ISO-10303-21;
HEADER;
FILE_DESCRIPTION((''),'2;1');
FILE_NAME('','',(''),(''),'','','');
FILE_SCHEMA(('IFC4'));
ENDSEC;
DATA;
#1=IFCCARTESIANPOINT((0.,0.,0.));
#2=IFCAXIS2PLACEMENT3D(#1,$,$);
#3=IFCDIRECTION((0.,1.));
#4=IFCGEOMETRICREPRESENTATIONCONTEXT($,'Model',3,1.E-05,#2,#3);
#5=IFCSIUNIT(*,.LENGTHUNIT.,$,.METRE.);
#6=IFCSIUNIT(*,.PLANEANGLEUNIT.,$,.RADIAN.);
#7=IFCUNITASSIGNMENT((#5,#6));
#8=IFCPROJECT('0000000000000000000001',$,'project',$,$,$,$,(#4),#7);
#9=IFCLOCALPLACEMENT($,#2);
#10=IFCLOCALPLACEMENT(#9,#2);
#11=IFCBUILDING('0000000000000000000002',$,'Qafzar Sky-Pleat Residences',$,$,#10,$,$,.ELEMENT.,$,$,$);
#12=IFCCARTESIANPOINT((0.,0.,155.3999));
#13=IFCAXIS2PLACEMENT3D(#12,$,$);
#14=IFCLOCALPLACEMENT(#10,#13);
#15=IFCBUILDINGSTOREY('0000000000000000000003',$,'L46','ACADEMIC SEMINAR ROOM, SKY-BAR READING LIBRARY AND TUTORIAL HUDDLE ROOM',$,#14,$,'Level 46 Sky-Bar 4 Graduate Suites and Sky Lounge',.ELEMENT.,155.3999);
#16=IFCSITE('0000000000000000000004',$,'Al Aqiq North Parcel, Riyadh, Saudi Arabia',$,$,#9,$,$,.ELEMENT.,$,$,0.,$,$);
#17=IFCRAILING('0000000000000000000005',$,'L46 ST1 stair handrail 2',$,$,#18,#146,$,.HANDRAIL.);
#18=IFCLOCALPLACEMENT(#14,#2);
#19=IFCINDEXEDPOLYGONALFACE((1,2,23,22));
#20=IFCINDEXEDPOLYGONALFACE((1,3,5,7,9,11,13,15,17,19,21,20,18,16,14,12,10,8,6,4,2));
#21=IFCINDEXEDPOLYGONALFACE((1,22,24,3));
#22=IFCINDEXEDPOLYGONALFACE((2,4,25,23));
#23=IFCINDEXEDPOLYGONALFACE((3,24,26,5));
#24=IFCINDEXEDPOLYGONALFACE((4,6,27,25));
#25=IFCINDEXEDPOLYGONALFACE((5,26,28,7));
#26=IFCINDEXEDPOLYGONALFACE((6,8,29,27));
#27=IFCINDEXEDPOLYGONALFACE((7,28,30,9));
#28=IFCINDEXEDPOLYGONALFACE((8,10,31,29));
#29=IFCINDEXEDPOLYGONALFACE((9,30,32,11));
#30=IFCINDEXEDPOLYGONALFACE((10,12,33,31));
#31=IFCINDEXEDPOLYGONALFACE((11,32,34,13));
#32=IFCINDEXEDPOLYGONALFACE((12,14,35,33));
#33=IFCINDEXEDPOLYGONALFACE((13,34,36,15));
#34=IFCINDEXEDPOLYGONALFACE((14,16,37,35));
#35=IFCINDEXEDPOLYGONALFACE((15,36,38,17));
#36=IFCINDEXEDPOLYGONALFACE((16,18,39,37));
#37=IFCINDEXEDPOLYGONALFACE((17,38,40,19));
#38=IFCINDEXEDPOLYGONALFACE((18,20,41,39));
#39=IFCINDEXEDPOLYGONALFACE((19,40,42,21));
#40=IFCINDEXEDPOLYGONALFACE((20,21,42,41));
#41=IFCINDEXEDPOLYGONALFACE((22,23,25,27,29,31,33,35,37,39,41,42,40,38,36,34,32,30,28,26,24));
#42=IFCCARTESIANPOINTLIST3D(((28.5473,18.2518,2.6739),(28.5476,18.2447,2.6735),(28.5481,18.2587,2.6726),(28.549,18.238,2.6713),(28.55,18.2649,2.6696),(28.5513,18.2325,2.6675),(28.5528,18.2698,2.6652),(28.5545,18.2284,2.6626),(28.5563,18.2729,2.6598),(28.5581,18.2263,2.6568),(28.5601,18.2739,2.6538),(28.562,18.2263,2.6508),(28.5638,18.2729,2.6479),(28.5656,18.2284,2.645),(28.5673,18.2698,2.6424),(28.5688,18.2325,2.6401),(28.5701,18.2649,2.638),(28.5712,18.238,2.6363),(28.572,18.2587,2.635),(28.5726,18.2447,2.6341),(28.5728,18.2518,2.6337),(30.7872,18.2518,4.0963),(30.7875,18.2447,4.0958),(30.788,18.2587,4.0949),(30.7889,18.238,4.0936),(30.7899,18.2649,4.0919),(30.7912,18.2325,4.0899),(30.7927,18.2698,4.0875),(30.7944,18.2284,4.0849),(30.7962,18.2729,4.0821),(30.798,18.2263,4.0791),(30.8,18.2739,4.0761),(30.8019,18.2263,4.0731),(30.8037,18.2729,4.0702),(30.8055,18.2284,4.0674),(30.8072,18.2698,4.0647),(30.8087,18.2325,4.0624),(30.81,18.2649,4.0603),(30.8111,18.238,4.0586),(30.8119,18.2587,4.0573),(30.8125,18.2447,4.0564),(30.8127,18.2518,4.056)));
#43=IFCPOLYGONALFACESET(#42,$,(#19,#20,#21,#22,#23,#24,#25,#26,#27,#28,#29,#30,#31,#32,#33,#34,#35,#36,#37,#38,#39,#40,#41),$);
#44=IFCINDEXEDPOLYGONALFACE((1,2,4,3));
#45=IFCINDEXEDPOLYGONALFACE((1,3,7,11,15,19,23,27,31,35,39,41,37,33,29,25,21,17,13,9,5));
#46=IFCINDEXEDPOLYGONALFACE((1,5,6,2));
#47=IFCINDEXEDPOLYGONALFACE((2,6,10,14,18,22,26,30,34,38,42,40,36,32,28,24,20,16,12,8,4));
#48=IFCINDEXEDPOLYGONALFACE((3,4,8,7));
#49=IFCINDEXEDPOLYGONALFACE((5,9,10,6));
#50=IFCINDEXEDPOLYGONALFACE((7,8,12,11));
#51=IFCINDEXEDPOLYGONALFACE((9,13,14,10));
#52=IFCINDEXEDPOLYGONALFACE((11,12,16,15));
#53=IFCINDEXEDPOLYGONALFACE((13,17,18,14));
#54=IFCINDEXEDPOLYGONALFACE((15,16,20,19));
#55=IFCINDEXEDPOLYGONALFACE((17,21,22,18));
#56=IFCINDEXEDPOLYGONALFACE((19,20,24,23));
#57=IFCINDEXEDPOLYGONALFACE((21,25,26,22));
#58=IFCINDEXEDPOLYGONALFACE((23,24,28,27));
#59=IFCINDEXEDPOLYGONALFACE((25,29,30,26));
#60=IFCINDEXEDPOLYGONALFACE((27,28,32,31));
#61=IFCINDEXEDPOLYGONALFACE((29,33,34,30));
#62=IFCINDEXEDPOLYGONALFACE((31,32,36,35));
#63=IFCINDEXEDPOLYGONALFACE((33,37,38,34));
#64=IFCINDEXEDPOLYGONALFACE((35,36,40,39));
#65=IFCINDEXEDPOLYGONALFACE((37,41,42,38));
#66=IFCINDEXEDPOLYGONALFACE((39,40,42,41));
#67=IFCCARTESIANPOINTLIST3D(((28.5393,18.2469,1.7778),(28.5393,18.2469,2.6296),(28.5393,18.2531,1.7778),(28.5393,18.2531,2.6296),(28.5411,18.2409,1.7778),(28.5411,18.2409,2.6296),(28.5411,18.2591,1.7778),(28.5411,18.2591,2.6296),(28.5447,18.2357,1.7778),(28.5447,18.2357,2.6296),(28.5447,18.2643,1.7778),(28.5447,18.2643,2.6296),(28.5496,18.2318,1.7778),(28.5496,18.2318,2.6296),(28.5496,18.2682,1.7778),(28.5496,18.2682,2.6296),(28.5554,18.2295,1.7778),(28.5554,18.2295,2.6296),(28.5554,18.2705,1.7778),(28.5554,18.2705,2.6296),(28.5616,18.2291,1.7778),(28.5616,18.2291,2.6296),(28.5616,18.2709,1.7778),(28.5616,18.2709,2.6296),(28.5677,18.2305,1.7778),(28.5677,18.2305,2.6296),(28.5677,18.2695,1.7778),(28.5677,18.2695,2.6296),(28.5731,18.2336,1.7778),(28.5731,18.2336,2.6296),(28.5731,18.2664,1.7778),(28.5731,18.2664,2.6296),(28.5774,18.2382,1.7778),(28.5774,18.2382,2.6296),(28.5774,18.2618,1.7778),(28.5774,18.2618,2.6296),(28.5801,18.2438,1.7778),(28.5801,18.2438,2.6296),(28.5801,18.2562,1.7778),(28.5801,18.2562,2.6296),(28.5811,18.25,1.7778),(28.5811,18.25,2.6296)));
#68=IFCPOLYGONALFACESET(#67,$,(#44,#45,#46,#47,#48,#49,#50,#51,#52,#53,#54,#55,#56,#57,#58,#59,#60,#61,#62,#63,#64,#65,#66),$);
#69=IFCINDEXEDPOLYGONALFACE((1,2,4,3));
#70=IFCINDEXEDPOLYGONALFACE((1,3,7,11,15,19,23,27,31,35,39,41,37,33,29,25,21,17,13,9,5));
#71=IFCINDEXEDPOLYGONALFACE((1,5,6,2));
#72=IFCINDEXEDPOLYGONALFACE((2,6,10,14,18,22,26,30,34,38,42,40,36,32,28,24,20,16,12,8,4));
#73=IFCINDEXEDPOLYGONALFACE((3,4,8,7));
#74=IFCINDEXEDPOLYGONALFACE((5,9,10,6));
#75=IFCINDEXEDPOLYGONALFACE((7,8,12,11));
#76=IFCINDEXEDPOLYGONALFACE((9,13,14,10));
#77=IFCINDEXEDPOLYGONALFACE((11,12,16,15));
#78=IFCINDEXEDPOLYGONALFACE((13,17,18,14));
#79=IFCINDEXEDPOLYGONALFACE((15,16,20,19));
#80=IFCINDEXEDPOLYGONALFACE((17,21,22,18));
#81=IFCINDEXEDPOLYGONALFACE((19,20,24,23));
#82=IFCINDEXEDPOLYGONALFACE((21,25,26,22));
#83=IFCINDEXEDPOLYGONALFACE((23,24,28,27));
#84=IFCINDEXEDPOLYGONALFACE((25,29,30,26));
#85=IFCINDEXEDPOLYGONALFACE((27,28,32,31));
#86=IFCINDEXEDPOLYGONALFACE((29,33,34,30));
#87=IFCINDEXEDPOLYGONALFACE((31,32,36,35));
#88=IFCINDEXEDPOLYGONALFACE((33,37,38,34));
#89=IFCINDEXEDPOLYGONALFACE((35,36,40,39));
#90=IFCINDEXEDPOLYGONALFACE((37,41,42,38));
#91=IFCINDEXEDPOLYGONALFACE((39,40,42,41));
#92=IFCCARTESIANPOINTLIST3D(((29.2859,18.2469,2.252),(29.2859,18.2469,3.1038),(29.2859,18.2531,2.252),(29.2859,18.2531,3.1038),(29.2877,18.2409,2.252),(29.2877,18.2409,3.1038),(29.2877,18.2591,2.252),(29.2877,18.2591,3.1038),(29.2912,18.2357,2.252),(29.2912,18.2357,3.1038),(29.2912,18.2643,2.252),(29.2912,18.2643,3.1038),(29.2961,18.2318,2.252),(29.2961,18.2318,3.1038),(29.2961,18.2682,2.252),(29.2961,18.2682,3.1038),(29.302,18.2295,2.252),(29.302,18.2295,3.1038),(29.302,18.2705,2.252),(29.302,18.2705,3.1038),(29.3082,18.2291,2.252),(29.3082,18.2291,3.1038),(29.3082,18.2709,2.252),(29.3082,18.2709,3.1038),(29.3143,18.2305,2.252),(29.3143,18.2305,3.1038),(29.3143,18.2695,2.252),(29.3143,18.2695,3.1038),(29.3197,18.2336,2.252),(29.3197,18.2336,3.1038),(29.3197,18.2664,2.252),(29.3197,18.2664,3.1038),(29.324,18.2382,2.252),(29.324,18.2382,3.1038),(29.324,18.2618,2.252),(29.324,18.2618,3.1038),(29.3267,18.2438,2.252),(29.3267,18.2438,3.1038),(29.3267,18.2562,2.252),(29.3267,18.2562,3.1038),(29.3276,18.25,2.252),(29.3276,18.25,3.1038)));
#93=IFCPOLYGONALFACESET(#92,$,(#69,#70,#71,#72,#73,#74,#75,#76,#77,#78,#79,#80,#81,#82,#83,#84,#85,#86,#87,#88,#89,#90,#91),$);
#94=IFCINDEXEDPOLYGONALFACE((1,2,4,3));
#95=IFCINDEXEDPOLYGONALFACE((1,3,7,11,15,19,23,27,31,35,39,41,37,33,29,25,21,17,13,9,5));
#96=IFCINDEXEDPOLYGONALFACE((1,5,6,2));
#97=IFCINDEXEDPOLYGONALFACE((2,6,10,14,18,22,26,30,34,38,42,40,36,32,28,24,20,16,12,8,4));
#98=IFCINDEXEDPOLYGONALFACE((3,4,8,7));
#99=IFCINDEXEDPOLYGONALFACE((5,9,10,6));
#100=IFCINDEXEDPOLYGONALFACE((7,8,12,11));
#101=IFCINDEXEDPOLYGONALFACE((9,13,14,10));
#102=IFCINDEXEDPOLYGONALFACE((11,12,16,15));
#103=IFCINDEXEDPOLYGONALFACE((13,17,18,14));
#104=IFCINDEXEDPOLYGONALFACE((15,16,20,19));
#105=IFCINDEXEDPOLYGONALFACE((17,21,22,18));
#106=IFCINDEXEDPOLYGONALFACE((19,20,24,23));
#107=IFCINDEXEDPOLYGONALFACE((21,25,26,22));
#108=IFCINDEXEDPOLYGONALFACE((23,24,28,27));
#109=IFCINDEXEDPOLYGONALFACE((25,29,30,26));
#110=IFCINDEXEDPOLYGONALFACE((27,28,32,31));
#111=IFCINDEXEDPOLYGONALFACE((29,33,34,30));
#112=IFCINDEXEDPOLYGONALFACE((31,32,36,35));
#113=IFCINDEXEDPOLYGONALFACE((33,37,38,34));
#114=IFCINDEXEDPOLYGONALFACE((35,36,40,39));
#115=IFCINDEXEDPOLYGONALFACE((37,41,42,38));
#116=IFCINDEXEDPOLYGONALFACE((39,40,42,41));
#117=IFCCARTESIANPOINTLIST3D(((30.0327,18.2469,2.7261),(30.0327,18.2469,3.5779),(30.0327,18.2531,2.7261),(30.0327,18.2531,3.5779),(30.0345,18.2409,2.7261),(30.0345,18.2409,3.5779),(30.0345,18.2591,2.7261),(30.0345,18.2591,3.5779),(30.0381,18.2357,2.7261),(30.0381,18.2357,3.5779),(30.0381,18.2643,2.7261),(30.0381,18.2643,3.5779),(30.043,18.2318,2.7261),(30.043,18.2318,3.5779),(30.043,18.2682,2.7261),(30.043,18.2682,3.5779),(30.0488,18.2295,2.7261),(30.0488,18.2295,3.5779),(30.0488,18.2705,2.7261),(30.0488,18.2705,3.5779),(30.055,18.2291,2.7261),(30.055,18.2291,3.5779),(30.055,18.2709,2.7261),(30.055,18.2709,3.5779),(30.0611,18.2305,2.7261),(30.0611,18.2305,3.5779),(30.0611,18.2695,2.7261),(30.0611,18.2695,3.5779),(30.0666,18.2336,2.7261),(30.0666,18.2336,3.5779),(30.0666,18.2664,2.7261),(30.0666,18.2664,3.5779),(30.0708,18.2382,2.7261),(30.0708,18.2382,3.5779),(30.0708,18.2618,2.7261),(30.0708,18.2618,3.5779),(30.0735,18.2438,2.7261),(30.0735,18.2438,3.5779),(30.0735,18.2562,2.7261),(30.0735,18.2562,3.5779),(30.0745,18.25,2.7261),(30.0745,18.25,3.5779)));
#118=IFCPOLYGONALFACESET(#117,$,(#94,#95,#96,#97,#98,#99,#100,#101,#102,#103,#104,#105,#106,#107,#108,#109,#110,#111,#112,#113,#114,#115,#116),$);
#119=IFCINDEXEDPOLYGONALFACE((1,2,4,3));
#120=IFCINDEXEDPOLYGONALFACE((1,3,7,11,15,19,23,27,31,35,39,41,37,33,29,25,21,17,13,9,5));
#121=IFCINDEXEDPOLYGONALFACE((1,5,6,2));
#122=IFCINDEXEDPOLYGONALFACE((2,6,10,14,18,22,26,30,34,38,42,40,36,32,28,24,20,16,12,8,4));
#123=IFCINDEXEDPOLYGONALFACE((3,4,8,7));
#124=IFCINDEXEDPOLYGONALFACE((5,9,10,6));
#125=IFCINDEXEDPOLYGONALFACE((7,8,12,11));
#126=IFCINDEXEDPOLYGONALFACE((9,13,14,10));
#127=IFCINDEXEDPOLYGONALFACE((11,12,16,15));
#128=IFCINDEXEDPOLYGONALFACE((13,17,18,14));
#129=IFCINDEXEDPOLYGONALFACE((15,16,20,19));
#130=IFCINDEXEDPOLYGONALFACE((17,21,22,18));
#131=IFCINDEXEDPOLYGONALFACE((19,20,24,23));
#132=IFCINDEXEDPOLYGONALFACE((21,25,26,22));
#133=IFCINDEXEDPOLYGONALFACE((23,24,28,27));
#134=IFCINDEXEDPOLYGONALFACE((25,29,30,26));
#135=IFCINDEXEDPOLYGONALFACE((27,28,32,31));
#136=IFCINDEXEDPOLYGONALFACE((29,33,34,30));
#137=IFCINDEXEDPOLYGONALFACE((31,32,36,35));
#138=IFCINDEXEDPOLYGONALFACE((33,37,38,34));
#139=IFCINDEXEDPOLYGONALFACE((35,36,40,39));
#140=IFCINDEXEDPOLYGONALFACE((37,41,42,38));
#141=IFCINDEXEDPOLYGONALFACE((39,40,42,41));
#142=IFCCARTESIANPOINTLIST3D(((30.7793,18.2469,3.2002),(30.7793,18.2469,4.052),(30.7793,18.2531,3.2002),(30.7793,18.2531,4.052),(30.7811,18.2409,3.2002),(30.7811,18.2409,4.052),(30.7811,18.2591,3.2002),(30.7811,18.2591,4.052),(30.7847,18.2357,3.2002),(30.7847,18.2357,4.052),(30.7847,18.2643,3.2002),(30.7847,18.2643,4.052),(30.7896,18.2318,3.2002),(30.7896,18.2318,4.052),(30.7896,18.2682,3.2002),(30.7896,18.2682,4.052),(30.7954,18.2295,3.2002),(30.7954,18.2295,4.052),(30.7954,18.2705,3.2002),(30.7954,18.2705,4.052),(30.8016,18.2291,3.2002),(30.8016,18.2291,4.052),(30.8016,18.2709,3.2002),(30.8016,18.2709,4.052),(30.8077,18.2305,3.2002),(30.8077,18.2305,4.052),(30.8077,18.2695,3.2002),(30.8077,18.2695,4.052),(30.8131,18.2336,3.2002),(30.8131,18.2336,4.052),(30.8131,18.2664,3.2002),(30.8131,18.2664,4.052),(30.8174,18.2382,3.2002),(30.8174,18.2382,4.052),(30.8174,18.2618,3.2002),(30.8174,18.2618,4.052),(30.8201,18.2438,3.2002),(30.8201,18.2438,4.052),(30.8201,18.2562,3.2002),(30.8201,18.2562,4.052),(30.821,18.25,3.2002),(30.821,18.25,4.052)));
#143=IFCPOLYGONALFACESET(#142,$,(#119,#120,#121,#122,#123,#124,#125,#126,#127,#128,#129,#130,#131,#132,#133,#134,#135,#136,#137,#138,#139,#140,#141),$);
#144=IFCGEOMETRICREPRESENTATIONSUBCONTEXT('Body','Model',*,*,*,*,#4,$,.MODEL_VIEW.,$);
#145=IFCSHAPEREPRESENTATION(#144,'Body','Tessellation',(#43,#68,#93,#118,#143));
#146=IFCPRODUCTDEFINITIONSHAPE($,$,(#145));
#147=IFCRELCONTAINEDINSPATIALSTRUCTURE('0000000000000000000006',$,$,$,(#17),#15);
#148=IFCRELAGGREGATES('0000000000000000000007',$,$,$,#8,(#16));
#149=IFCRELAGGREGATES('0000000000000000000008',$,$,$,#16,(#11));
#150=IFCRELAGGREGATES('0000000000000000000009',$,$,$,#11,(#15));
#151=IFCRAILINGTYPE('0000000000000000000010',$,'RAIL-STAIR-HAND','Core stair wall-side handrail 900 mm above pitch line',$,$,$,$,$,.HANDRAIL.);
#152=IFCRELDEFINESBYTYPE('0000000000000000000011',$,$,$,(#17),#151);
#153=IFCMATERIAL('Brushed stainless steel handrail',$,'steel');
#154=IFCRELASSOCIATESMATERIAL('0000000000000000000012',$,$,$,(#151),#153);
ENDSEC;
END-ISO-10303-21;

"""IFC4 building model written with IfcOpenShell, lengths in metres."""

from ifc_helpers import new_model, si_unit, direction, frame, origin, origin_2d, place, context, subcontext, project, spatial, circle, extrude, source, transform, mapped, material, type_object, element, save


model = new_model("IFC4")

# Units and contexts
model_context = context("Model", 3, precision=1e-05, world=origin(), true_north=direction((0.0, 1.0)))
body_context = subcontext(model_context, "Body", "Model", "MODEL_VIEW")
ifc_project = project(units=[si_unit("LENGTHUNIT", "METRE"), si_unit("PLANEANGLEUNIT", "RADIAN")], contexts=[model_context])

# Site, building, storey
site_placement = place(None, origin())
site = spatial("IfcSite", under=ifc_project, at=site_placement, Name="Al Aqiq North Parcel, Riyadh, Saudi Arabia", CompositionType="ELEMENT", RefElevation=0.0)
building_placement = place(site_placement, origin())
building = spatial("IfcBuilding", under=site, at=building_placement, Name="Qafzar Sky-Pleat Residences", CompositionType="ELEMENT")
storey_placement = place(building_placement, frame((0.0, 0.0, 155.3999)))
storey = spatial("IfcBuildingStorey", under=building, at=storey_placement, Name="L46", Description="ACADEMIC SEMINAR ROOM, SKY-BAR READING LIBRARY AND TUTORIAL HUDDLE ROOM", LongName="Level 46 Sky-Bar 4 Graduate Suites and Sky Lounge", CompositionType="ELEMENT", Elevation=155.3999)

# Railing
ifc_material_1 = material(Name="Brushed stainless steel handrail", Category="steel")
railing_type_1 = type_object("IfcRailingType", Name="RAIL-STAIR-HAND", Description="Core stair wall-side handrail 900 mm above pitch line", PredefinedType="HANDRAIL", material=ifc_material_1)
shared_shape_1 = source(origin(), body_context, "Body", "SweptSolid", [
    extrude(circle(Radius=0.0239, at=origin_2d()), frame((0.0, 0.0, 0.876), z_axis=(0.844188, 0.0, 0.536048), x_axis=(0.0, 1.0, 0.0)), (0.0, 0.0, 1.0), 2.6533),
    extrude(circle(Radius=0.021, at=origin_2d()), origin(), (0.0, 0.0, 1.0), 0.8518),
    extrude(circle(Radius=0.021, at=origin_2d()), frame((0.7466, 0.0, 0.4741)), (0.0, 0.0, 1.0), 0.8518),
    extrude(circle(Radius=0.021, at=origin_2d()), frame((1.4934, 0.0, 0.9482)), (0.0, 0.0, 1.0), 0.8518),
    extrude(circle(Radius=0.021, at=origin_2d()), frame((2.24, 0.0, 1.4224)), (0.0, 0.0, 1.0), 0.8518),
])
railing_1_placement = place(storey_placement, frame((28.5601, 18.25, 1.7778)))
element("IfcRailing", 1, at=railing_1_placement, inside=storey, type_object=railing_type_1, Name="L46 ST1 stair handrail 2", PredefinedType="HANDRAIL", context=body_context, shape_type="MappedRepresentation", body=[
    mapped(shared_shape_1, transform((0.0, 0.0, 0.0), x_axis=(1.0, 0.0, 0.0), y_axis=(0.0, 1.0, 0.0), z_axis=(0.0, 0.0, 1.0), scale=1.0)),
])

save(model, "model.ifc")
